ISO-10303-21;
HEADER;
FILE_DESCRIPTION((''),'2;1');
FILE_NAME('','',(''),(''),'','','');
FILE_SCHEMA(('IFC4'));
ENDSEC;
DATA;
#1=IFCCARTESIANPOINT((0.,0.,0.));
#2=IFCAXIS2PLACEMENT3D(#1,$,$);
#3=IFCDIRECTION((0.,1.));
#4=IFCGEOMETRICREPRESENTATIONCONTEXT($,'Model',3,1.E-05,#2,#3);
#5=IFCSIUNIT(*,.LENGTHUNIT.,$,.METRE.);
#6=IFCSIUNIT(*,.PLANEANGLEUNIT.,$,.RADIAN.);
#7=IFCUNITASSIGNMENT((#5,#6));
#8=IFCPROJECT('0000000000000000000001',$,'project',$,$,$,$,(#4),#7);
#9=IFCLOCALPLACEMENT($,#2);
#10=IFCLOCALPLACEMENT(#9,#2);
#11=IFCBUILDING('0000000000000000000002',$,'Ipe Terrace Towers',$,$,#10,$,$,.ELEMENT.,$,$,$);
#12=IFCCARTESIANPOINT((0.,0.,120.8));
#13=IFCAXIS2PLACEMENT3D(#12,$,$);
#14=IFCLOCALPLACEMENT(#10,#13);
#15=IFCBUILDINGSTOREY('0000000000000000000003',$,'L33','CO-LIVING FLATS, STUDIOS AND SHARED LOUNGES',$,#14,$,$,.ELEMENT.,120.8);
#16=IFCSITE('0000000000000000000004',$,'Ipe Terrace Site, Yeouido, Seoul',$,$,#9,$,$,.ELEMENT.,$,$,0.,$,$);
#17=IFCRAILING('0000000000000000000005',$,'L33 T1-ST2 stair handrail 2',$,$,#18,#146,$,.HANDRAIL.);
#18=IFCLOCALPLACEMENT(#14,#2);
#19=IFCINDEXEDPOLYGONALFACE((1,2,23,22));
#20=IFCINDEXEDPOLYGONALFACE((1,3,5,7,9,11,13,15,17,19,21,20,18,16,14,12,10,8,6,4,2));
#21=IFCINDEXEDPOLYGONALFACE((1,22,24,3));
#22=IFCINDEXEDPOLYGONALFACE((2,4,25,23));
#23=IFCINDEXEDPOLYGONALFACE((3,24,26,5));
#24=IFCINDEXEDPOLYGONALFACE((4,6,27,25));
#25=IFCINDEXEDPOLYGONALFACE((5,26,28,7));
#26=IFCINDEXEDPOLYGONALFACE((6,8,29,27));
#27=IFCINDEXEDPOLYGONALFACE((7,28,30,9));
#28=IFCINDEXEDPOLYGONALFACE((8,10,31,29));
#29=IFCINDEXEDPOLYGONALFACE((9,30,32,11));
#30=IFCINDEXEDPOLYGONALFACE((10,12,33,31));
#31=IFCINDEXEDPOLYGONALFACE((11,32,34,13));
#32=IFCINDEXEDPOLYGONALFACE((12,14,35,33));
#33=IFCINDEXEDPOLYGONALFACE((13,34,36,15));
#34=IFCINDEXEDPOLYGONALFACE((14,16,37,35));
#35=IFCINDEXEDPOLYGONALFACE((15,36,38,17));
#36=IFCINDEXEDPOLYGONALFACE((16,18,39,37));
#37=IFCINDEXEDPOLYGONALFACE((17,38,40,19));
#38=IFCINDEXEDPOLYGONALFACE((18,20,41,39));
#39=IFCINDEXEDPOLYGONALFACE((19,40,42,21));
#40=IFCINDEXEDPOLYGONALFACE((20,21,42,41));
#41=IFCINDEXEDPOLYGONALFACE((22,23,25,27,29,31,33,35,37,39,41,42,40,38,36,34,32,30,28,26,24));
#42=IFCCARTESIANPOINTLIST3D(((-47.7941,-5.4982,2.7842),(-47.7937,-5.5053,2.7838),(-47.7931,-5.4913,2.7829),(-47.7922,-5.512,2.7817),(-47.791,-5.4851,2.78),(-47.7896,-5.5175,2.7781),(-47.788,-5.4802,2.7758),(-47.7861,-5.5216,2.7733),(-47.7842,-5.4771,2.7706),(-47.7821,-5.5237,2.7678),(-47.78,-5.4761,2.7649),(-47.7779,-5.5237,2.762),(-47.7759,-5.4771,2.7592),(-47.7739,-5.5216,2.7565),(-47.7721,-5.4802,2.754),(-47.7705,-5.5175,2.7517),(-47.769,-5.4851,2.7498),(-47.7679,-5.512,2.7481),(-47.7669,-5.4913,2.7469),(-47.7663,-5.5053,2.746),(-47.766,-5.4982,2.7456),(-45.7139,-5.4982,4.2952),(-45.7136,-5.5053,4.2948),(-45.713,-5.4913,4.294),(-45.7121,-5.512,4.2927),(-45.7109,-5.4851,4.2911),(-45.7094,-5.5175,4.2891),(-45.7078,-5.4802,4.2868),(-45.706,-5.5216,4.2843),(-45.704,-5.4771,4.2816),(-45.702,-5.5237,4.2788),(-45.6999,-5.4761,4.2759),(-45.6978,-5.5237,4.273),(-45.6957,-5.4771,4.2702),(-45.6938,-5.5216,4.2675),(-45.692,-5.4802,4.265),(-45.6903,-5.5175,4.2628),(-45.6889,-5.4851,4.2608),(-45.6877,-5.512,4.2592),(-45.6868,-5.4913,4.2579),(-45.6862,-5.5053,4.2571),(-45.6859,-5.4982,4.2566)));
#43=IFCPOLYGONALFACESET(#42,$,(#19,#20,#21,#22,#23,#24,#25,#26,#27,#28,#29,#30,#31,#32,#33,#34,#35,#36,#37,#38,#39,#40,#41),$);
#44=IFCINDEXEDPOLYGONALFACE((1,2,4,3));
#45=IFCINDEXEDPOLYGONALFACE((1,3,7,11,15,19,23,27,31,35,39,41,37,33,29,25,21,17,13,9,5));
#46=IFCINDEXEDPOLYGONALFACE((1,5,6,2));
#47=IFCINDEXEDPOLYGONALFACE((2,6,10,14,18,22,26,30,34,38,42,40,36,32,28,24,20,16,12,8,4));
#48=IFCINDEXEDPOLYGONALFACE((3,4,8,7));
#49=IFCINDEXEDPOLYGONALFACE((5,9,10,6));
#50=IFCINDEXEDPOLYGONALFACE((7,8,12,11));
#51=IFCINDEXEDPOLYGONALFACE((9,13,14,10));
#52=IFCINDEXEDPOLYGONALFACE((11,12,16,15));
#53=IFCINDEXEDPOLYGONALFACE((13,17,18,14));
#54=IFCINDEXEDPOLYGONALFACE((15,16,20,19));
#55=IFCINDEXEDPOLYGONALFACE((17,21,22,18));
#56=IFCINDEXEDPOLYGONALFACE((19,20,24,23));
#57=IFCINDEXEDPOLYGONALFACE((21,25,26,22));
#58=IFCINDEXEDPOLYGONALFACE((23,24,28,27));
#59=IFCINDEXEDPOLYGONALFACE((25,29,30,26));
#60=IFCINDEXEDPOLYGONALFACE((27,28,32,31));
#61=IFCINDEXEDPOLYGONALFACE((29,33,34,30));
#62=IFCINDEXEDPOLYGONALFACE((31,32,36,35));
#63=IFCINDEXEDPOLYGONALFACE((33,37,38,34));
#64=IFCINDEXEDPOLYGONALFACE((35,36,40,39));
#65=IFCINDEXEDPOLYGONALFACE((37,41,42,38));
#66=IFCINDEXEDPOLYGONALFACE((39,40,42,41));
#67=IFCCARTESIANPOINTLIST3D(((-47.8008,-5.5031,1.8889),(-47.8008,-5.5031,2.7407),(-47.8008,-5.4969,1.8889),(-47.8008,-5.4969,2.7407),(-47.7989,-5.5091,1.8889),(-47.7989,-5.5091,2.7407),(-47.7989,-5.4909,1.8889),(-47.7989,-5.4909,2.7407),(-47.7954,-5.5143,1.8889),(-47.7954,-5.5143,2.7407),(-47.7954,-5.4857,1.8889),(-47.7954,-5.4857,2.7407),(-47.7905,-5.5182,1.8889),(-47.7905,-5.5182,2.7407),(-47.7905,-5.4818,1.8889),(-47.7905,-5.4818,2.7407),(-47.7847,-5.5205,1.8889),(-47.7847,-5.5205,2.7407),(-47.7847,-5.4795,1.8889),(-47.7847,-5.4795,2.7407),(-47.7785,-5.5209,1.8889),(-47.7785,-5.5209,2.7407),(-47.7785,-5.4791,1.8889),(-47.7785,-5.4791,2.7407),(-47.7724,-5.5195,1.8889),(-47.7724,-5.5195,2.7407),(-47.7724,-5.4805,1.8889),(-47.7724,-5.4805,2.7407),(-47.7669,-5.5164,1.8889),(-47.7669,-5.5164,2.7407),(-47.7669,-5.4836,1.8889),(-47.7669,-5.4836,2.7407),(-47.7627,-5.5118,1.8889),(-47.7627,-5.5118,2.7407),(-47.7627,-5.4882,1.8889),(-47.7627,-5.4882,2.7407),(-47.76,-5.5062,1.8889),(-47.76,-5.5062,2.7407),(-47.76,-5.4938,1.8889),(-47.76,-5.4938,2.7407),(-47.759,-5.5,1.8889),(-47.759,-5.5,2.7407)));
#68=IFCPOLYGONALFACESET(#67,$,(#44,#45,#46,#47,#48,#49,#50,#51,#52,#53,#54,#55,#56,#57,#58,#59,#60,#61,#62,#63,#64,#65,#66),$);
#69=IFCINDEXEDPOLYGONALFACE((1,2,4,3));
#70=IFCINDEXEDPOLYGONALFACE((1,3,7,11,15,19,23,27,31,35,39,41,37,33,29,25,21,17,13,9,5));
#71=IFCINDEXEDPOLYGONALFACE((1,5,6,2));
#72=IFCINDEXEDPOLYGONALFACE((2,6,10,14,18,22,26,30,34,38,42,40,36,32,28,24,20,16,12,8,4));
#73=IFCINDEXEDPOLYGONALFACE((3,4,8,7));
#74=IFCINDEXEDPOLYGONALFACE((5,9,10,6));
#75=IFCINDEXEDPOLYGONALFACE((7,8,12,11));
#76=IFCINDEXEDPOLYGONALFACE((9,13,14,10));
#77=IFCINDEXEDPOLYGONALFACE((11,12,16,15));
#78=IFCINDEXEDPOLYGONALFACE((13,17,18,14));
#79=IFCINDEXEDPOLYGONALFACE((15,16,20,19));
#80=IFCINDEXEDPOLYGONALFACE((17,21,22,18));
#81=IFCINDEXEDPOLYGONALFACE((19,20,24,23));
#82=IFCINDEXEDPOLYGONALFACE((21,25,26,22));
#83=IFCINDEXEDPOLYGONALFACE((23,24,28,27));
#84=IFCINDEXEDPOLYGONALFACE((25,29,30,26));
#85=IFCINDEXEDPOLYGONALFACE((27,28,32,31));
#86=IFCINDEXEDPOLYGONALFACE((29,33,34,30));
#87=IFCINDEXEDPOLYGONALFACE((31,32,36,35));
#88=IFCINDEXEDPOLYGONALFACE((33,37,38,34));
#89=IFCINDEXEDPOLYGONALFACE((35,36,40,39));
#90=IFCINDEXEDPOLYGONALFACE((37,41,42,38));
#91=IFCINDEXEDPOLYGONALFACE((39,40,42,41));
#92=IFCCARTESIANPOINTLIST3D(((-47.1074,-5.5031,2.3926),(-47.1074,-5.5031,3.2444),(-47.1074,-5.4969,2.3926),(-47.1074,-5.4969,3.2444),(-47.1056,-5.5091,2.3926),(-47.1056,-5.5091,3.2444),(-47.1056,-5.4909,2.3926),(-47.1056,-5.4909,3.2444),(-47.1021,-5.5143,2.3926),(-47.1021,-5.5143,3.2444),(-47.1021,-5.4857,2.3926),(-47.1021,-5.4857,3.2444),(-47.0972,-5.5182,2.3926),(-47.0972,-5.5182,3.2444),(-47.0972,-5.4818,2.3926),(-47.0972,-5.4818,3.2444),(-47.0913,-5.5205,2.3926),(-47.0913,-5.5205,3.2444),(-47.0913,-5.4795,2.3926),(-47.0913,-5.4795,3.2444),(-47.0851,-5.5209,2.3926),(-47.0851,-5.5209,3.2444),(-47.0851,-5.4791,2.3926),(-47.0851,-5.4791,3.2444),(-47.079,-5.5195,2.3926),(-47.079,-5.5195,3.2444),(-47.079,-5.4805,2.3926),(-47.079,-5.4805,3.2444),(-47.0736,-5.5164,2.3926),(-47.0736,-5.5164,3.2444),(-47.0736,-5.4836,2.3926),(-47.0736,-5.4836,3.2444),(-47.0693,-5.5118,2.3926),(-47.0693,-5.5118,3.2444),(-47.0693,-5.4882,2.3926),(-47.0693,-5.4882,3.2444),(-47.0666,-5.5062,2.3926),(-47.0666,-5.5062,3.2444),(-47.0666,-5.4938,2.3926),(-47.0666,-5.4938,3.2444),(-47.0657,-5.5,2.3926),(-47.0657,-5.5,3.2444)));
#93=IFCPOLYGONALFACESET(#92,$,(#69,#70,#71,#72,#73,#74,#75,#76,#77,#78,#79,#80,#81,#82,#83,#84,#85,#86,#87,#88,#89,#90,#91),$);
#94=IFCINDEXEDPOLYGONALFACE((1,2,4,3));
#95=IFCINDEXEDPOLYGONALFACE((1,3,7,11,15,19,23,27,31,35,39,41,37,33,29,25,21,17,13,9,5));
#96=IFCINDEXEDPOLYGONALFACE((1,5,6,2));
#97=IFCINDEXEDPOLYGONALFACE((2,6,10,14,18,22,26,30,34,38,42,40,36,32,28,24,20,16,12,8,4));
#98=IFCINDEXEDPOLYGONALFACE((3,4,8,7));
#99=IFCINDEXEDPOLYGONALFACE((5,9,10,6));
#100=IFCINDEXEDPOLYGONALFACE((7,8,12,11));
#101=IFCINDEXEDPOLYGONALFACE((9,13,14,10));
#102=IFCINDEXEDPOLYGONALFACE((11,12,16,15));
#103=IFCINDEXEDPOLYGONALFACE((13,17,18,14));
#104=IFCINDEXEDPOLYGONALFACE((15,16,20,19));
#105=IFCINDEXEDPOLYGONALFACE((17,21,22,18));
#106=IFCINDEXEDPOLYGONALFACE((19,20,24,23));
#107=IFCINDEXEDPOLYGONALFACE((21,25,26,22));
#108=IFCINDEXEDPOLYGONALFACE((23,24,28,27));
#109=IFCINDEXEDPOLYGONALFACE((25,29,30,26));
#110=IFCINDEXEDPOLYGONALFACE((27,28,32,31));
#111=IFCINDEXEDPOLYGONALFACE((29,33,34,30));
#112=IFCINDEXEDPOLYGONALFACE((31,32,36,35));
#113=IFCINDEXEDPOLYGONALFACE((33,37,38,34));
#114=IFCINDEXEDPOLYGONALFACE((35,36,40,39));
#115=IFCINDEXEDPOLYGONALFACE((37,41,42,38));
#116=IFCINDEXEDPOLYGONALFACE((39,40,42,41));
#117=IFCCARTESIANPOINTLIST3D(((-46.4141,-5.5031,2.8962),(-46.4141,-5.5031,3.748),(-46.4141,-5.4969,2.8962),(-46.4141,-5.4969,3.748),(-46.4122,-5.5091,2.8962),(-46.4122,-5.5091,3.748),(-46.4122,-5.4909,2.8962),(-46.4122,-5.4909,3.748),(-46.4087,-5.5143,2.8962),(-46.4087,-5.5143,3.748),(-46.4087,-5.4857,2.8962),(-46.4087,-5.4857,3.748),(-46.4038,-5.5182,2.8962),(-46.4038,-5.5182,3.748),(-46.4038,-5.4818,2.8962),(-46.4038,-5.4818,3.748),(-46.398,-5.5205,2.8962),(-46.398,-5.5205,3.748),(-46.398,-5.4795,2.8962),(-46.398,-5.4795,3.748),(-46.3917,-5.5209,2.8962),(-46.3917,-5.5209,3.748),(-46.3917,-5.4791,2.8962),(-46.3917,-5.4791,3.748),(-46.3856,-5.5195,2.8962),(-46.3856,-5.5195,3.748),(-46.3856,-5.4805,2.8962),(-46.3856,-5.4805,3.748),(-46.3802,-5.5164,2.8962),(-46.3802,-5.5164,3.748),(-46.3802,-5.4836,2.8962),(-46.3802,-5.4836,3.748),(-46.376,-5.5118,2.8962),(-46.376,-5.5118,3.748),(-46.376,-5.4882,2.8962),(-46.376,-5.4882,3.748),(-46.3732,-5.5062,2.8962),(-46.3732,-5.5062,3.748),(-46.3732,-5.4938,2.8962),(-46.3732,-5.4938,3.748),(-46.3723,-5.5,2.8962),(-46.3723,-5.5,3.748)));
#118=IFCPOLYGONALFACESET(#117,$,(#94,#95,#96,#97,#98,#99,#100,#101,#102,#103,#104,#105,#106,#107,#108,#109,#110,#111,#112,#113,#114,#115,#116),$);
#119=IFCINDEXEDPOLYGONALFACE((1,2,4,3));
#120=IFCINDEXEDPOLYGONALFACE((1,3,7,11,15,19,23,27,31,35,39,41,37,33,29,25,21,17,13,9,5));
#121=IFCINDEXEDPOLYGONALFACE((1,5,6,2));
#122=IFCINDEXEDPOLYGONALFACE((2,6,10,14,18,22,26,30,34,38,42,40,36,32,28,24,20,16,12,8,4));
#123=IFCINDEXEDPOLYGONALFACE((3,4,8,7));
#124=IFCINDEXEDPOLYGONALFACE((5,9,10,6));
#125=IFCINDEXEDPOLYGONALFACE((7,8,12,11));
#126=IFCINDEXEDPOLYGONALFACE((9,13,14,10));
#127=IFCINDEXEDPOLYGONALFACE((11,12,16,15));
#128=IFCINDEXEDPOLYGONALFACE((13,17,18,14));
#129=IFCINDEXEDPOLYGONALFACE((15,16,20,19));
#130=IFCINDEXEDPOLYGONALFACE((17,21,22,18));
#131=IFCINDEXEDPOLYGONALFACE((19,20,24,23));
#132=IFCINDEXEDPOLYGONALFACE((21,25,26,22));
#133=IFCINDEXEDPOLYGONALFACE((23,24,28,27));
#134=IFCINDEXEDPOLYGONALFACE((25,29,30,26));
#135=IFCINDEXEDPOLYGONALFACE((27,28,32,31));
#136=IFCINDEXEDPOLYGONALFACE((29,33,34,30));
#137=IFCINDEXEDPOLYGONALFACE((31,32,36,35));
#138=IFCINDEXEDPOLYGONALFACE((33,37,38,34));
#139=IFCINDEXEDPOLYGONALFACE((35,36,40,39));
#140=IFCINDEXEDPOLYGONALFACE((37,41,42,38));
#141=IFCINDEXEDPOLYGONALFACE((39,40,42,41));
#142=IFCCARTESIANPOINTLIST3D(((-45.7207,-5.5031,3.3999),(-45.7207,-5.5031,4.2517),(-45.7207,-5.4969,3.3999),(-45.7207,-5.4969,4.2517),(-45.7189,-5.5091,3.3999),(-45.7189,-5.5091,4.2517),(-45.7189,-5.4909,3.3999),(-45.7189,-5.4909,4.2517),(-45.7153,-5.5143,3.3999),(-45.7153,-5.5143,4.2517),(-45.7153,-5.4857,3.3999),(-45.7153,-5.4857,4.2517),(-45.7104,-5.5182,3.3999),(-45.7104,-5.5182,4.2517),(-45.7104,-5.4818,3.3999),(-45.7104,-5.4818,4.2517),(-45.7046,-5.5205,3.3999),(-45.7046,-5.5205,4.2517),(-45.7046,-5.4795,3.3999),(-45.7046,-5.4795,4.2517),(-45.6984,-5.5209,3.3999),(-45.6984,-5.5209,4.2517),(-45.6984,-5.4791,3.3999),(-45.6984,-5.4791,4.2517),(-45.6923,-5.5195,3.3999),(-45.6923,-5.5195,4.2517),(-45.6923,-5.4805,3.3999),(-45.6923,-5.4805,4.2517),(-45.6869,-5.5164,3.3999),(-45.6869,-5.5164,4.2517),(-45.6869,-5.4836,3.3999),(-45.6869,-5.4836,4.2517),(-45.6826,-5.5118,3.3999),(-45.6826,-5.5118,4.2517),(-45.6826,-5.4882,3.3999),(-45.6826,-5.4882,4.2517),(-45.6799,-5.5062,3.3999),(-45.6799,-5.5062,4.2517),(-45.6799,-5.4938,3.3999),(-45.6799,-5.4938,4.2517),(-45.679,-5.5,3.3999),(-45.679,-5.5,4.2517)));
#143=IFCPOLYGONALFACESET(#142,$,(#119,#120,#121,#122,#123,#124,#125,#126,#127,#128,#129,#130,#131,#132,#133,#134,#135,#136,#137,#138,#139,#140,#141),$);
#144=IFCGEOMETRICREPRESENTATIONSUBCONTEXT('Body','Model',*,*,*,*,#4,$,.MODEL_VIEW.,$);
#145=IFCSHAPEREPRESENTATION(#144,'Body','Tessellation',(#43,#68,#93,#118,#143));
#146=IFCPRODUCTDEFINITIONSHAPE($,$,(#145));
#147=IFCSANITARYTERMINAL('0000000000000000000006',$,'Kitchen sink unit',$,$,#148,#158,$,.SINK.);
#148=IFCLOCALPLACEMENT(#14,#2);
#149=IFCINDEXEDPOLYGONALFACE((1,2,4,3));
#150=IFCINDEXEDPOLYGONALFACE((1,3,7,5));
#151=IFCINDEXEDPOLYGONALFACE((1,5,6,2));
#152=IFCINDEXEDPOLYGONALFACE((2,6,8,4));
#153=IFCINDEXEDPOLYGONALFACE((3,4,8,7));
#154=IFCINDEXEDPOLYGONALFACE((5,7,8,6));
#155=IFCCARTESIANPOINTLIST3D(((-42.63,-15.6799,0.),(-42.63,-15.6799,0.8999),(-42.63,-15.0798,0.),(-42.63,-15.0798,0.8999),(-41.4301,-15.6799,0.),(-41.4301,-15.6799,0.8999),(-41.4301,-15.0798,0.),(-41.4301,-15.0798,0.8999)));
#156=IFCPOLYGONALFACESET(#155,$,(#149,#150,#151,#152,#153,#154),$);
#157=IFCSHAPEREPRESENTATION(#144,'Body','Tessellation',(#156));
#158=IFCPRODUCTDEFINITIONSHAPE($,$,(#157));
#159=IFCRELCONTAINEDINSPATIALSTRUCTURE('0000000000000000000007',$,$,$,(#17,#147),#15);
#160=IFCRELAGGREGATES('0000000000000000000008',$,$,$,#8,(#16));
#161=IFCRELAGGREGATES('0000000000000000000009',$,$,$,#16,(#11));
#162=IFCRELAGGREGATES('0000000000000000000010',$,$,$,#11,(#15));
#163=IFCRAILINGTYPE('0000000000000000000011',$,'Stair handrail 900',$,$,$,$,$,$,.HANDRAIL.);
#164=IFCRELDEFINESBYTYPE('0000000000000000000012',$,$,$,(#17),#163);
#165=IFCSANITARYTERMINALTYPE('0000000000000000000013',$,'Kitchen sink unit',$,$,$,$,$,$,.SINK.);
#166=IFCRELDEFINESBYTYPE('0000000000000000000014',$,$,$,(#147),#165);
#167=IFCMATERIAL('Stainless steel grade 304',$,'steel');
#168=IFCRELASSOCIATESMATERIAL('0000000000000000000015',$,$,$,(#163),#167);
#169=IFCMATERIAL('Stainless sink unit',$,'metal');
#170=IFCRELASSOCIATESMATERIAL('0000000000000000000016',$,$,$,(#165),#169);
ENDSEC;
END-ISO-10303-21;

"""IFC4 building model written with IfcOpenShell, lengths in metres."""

from ifc_helpers import new_model, si_unit, direction, frame, origin, origin_2d, place, context, subcontext, project, spatial, rectangle, circle, extrude, material, type_object, element, save


model = new_model("IFC4")

# Units and contexts
model_context = context("Model", 3, precision=1e-05, world=origin(), true_north=direction((0.0, 1.0)))
body_context = subcontext(model_context, "Body", "Model", "MODEL_VIEW")
ifc_project = project(units=[si_unit("LENGTHUNIT", "METRE"), si_unit("PLANEANGLEUNIT", "RADIAN")], contexts=[model_context])

# Site, building, storey
site_placement = place(None, origin())
site = spatial("IfcSite", under=ifc_project, at=site_placement, Name="Ipe Terrace Site, Yeouido, Seoul", CompositionType="ELEMENT", RefElevation=0.0)
building_placement = place(site_placement, origin())
building = spatial("IfcBuilding", under=site, at=building_placement, Name="Ipe Terrace Towers", CompositionType="ELEMENT")
storey_placement = place(building_placement, frame((0.0, 0.0, 120.8)))
storey = spatial("IfcBuildingStorey", under=building, at=storey_placement, Name="L33", Description="CO-LIVING FLATS, STUDIOS AND SHARED LOUNGES", CompositionType="ELEMENT", Elevation=120.8)

# Railing
ifc_material_1 = material(Name="Stainless steel grade 304", Category="steel")
railing_type_1 = type_object("IfcRailingType", Name="Stair handrail 900", PredefinedType="HANDRAIL", material=ifc_material_1)
railing_1_placement = place(storey_placement, frame((-47.78, -5.5, 1.8889)))
element("IfcRailing", 1, at=railing_1_placement, inside=storey, type_object=railing_type_1, Name="L33 T1-ST2 stair handrail 2", PredefinedType="HANDRAIL", context=body_context, shape_type="SweptSolid", body=[
    extrude(circle(Radius=0.0239, at=origin_2d()), frame((0.0, 0.0, 0.876), z_axis=(0.809069, 0.0, 0.587714), x_axis=(0.0, 1.0, 0.0)), (0.0, 0.0, 1.0), 2.571),
    extrude(circle(Radius=0.021, at=origin_2d()), origin(), (0.0, 0.0, 1.0), 0.8518),
    extrude(circle(Radius=0.021, at=origin_2d()), frame((0.6934, 0.0, 0.5037)), (0.0, 0.0, 1.0), 0.8518),
    extrude(circle(Radius=0.021, at=origin_2d()), frame((1.3867, 0.0, 1.0073)), (0.0, 0.0, 1.0), 0.8518),
    extrude(circle(Radius=0.021, at=origin_2d()), frame((2.0801, 0.0, 1.511)), (0.0, 0.0, 1.0), 0.8518),
])

# Sanitary terminal
ifc_material_2 = material(Name="Stainless sink unit", Category="metal")
sanitary_terminal_type = type_object("IfcSanitaryTerminalType", Name="Kitchen sink unit", PredefinedType="SINK", material=ifc_material_2)
sanitary_terminal_placement = place(storey_placement, frame((-42.03, -15.3799, 0.0), z_axis=(0.0, 0.0, 1.0), x_axis=(-1.0, 0.0, 0.0)))
element("IfcSanitaryTerminal", 2, at=sanitary_terminal_placement, inside=storey, type_object=sanitary_terminal_type, Name="Kitchen sink unit", PredefinedType="SINK", context=body_context, shape_type="SweptSolid", body=[
    extrude(rectangle(XDim=1.2, YDim=0.6001, at=origin_2d()), origin(), (0.0, 0.0, 1.0), 0.8999),
])

save(model, "model.ifc")
